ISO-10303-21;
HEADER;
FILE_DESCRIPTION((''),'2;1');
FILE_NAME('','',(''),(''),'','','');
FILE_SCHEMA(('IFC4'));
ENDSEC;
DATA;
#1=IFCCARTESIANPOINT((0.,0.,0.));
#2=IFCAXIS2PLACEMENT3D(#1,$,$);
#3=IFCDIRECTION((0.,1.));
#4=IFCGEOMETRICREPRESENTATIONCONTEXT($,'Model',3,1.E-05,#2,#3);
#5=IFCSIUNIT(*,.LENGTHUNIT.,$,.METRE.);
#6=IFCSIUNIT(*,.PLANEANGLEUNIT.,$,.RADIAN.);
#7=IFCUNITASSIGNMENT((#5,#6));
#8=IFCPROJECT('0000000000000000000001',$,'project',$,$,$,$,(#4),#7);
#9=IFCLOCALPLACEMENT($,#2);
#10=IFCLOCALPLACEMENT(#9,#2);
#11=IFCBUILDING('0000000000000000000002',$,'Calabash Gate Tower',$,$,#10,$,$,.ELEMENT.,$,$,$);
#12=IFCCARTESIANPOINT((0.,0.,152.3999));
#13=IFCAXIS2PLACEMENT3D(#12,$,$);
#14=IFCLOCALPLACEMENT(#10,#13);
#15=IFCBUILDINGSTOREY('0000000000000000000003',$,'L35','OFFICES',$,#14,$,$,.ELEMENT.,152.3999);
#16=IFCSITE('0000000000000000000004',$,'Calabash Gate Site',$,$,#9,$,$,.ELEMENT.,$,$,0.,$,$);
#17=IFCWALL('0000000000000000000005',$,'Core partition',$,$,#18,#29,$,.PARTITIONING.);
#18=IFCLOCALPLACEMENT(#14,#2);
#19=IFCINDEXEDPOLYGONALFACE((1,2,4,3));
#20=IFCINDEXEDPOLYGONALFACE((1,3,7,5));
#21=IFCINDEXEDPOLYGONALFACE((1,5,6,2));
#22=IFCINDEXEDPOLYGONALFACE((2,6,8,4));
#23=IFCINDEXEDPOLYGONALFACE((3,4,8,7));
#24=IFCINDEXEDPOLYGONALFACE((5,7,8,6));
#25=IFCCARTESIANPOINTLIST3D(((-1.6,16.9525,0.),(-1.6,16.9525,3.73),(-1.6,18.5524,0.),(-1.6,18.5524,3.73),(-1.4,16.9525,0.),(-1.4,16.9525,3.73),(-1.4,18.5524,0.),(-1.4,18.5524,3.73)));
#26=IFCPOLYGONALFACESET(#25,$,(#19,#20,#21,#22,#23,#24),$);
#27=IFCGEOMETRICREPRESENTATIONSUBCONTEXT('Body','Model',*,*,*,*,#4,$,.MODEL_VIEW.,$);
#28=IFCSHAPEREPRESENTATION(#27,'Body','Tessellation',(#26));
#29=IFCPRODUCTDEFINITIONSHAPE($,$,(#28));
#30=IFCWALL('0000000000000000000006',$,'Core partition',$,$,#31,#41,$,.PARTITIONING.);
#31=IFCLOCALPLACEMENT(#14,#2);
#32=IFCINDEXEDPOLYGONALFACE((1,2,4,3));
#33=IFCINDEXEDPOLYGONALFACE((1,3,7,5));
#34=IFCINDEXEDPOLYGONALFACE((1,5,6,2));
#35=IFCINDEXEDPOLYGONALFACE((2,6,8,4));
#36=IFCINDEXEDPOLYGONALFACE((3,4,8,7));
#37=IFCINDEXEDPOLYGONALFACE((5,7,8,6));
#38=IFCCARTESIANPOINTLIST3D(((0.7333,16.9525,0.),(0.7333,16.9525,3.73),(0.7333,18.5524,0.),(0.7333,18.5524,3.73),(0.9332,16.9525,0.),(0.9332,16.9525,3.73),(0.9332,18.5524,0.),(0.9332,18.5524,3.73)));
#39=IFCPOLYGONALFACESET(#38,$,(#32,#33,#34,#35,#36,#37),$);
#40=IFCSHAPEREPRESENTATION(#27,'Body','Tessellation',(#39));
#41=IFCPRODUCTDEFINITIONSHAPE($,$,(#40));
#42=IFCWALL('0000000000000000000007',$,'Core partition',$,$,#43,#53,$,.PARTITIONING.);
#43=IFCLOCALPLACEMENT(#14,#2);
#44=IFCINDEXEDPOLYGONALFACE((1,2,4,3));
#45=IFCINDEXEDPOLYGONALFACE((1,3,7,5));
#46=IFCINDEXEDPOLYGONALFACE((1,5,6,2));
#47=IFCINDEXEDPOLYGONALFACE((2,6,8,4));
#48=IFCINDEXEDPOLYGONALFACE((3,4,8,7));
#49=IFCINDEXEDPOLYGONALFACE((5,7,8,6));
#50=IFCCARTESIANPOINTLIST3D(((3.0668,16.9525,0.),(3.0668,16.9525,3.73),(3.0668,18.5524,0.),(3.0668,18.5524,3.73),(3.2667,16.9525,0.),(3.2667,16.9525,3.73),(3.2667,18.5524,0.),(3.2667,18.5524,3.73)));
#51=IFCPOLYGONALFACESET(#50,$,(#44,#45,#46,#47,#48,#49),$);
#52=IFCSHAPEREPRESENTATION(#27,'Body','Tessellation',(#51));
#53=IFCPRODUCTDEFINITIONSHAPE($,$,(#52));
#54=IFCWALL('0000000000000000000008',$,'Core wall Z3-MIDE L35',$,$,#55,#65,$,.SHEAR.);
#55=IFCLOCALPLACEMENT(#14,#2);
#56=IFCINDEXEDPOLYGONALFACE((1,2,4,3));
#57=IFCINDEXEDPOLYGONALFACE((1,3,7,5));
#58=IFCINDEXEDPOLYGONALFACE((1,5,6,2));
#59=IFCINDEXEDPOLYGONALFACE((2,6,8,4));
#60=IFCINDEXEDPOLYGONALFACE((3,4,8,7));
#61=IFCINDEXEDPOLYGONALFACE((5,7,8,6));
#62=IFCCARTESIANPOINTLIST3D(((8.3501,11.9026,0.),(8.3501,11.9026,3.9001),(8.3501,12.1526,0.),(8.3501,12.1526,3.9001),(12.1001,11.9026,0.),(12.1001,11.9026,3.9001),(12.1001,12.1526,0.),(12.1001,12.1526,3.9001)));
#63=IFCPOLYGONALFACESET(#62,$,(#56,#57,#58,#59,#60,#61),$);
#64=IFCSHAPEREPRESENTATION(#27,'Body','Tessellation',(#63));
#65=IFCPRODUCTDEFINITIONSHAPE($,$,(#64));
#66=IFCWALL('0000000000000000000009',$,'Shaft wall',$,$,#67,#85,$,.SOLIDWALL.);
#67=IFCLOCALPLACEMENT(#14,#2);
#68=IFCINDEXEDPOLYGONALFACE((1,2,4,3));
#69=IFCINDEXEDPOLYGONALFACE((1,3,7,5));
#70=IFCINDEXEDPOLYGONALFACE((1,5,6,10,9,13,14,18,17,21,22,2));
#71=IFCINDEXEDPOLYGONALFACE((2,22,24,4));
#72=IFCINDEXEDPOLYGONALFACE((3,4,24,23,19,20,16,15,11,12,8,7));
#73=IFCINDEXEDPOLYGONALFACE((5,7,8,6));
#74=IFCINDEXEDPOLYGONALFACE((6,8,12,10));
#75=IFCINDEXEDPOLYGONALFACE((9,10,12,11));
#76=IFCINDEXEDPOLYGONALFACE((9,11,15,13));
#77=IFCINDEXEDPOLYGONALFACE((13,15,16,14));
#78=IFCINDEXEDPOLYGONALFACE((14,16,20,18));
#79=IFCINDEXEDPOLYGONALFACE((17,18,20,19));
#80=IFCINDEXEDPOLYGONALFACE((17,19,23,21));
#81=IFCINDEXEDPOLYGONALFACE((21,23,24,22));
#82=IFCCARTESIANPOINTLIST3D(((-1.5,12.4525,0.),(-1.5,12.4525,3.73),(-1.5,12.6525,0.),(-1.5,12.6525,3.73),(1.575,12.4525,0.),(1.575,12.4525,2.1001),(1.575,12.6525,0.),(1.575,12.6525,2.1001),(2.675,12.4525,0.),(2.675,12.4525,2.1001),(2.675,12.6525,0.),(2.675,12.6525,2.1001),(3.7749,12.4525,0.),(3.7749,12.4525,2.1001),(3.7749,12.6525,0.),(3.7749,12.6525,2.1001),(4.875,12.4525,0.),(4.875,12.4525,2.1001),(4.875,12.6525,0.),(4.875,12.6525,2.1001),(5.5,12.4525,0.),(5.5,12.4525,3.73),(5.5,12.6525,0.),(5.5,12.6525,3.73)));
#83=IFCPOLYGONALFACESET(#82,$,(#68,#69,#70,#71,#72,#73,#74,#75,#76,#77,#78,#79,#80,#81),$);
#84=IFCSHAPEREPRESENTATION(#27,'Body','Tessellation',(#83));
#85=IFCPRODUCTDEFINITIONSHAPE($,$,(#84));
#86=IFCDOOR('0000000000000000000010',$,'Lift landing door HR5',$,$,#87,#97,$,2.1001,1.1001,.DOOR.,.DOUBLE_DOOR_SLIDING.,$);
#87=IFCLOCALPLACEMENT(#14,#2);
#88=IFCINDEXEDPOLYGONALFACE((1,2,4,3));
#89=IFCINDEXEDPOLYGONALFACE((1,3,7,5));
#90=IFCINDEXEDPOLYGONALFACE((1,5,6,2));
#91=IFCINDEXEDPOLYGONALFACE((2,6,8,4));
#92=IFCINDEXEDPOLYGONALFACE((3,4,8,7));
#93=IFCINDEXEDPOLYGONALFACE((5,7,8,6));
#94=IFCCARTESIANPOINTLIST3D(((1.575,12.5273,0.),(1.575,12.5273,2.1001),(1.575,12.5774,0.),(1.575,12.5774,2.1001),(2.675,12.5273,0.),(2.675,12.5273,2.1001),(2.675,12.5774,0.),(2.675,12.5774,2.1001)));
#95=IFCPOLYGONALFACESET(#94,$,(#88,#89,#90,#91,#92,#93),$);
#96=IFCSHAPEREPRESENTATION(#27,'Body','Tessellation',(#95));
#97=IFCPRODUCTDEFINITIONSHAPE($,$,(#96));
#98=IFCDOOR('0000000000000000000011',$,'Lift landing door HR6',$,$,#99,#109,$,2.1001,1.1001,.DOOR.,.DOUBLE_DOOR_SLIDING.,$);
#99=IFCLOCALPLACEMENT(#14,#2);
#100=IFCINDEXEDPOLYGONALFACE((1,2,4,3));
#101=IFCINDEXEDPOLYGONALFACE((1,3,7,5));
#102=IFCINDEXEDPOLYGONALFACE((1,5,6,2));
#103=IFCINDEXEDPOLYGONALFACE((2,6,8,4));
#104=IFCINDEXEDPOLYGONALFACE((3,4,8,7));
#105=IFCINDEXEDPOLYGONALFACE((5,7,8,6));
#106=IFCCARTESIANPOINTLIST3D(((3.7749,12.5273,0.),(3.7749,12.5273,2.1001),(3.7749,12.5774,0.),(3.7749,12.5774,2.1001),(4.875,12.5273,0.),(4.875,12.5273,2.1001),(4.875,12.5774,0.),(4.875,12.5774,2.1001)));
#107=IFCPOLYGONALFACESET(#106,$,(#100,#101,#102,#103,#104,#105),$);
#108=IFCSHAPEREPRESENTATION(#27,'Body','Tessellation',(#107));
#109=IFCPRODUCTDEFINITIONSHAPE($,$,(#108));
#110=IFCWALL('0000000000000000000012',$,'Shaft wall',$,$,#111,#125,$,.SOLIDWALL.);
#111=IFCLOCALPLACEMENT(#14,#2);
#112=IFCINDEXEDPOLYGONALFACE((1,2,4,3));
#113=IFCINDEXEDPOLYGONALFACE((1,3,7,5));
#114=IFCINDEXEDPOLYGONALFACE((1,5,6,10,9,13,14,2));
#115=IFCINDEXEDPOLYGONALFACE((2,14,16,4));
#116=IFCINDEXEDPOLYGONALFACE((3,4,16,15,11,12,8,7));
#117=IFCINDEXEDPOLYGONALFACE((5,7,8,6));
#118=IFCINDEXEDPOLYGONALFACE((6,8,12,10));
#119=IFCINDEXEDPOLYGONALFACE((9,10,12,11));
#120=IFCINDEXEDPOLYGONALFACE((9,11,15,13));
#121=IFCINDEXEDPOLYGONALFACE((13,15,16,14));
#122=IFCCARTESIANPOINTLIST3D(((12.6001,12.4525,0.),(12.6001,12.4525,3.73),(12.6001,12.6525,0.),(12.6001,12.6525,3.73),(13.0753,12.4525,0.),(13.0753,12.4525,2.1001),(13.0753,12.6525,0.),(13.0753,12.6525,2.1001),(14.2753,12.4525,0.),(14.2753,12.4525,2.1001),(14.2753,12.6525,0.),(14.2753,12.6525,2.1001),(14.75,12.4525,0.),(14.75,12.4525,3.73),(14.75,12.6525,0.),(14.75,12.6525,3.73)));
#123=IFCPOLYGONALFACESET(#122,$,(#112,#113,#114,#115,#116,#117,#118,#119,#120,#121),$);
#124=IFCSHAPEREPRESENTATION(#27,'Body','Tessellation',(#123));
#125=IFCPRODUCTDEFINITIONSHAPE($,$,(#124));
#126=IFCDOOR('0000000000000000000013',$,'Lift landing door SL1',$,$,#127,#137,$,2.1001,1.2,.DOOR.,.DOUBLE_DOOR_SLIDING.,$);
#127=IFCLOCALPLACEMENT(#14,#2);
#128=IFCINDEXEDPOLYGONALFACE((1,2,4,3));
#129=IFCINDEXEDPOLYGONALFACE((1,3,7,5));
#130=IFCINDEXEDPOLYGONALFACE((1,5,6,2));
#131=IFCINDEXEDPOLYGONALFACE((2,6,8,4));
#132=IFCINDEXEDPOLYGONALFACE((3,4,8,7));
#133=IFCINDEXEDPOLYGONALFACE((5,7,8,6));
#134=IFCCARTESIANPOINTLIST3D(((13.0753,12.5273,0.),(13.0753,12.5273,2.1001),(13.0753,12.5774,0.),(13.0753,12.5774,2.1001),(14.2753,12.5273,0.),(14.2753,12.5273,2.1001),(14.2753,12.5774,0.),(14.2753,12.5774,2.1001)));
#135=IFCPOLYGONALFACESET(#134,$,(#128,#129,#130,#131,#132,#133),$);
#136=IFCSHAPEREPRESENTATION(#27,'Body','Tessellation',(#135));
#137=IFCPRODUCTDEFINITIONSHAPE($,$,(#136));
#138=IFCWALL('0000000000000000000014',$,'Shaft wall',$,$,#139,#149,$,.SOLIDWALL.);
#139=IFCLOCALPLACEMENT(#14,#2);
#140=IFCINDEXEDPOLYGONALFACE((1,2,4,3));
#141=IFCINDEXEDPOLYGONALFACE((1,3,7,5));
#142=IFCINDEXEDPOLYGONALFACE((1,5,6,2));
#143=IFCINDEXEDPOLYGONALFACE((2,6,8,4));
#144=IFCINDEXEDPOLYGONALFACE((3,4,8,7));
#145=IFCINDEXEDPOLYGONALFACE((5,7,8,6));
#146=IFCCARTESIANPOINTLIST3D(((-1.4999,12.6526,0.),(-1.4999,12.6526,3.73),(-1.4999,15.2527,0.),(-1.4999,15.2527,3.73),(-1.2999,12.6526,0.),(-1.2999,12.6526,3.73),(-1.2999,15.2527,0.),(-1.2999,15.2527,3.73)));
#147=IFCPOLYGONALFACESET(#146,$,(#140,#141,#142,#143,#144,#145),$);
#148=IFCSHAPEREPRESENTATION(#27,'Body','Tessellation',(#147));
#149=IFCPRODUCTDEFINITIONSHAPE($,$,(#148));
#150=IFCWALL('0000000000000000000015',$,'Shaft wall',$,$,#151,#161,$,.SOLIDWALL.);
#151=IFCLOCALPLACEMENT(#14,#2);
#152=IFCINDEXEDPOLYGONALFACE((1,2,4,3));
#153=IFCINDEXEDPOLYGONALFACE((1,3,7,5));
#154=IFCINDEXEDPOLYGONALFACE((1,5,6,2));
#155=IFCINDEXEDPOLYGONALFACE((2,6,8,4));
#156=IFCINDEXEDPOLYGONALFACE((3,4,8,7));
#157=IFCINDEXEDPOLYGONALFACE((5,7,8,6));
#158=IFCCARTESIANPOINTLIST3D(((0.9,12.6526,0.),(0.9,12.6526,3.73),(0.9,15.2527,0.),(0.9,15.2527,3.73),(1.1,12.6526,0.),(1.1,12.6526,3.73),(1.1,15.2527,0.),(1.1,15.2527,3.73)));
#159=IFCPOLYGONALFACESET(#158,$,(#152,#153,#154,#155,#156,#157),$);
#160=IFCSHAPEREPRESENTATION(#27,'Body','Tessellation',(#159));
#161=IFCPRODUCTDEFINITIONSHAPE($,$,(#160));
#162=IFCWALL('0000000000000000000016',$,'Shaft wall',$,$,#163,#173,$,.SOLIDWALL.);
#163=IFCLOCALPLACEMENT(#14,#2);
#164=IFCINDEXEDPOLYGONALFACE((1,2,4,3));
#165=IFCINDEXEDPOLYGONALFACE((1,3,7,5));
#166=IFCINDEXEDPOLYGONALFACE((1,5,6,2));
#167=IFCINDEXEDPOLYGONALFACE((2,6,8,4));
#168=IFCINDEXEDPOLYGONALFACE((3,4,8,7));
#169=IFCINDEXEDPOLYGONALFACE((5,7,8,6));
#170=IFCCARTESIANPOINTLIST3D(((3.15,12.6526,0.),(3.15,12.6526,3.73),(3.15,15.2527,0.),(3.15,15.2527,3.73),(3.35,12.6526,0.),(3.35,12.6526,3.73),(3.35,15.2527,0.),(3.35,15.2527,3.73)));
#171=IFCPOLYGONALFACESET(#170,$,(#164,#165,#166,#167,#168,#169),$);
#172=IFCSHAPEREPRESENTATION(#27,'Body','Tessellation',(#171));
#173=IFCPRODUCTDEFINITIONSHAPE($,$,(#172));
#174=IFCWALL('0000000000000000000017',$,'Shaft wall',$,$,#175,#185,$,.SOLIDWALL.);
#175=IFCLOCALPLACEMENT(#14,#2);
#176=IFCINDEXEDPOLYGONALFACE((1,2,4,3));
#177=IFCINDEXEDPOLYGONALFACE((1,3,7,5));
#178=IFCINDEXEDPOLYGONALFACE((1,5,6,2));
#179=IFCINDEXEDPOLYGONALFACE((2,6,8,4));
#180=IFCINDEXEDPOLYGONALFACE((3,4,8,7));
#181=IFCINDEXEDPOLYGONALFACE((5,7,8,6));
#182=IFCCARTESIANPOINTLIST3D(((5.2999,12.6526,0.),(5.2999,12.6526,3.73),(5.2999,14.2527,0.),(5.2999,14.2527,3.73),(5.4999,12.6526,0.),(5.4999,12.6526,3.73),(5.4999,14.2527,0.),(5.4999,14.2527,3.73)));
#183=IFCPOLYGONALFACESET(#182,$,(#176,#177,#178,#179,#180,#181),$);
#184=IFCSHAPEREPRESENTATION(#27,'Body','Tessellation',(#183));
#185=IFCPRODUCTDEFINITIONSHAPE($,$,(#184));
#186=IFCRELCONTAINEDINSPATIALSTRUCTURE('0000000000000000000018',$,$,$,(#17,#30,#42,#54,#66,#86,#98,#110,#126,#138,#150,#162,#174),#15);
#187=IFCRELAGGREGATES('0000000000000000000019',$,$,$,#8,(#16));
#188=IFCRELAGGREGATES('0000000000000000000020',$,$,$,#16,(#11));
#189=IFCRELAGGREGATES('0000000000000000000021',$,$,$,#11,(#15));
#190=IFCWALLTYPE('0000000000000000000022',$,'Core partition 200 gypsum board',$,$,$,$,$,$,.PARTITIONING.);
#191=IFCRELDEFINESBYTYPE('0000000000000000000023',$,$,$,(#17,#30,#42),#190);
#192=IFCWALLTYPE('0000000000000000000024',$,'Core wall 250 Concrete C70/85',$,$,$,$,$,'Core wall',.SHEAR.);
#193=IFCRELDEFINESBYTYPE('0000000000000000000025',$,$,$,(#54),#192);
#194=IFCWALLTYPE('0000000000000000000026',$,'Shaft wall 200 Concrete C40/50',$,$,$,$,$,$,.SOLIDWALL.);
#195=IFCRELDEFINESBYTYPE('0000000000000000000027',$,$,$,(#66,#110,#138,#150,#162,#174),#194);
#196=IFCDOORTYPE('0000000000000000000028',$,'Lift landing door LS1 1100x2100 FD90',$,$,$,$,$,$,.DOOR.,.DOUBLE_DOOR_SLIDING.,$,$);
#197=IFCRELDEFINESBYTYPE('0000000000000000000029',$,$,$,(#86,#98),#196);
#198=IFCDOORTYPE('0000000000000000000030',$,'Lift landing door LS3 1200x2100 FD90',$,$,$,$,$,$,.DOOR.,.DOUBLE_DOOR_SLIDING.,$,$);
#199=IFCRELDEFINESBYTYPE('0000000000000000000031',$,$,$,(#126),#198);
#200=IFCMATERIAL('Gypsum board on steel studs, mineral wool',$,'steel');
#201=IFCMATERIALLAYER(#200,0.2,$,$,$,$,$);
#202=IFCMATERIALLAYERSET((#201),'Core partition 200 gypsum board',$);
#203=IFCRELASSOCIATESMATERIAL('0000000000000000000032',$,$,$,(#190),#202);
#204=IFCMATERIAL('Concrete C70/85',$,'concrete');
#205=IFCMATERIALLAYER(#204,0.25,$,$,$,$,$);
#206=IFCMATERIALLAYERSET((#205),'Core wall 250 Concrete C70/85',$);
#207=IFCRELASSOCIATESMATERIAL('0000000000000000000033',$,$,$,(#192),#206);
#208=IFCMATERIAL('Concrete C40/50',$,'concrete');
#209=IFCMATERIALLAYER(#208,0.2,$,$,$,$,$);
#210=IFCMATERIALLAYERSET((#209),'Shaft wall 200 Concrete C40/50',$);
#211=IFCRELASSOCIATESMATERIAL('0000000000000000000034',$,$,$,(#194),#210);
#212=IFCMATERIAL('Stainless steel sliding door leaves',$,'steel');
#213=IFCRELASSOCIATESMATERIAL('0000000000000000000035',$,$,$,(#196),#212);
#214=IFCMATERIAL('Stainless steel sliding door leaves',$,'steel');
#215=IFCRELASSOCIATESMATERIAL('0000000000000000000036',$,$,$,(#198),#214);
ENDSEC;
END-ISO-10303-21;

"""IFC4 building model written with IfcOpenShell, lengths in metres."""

from ifc_helpers import new_model, si_unit, direction, frame, frame_2d, origin, place, context, subcontext, project, spatial, rectangle, extrude, material, layer, layer_set, type_object, element, fill, save


model = new_model("IFC4")

# Units and contexts
model_context = context("Model", 3, precision=1e-05, world=origin(), true_north=direction((0.0, 1.0)))
body_context = subcontext(model_context, "Body", "Model", "MODEL_VIEW")
ifc_project = project(units=[si_unit("LENGTHUNIT", "METRE"), si_unit("PLANEANGLEUNIT", "RADIAN")], contexts=[model_context])

# Site, building, storey
site_placement = place(None, origin())
site = spatial("IfcSite", under=ifc_project, at=site_placement, Name="Calabash Gate Site", CompositionType="ELEMENT", RefElevation=0.0)
building_placement = place(site_placement, origin())
building = spatial("IfcBuilding", under=site, at=building_placement, Name="Calabash Gate Tower", CompositionType="ELEMENT")
storey_placement = place(building_placement, frame((0.0, 0.0, 152.3999)))
storey = spatial("IfcBuildingStorey", under=building, at=storey_placement, Name="L35", Description="OFFICES", CompositionType="ELEMENT", Elevation=152.3999)

# Walls
ifc_material_1 = material(Name="Gypsum board on steel studs, mineral wool", Category="steel")
ifc_layer_1 = layer(ifc_material_1, 0.2)
ifc_layer_set_1 = layer_set([ifc_layer_1], Name="Core partition 200 gypsum board")
wall_type_1 = type_object("IfcWallType", Name="Core partition 200 gypsum board", PredefinedType="PARTITIONING", material=ifc_layer_set_1)
for number, where, z_axis, x_axis, name in (
    (1, (-1.5, 16.9526, 0.0), (0.0, 0.0, 1.0), (0.0, 1.0, 0.0), "Core partition"),
    (2, (0.8333, 16.9526, 0.0), (0.0, 0.0, 1.0), (0.0, 1.0, 0.0), "Core partition"),
    (3, (3.1667, 16.9526, 0.0), (0.0, 0.0, 1.0), (0.0, 1.0, 0.0), "Core partition"),
):
    element("IfcWall", number, at=place(storey_placement, frame(where, z_axis=z_axis, x_axis=x_axis)), inside=storey, type_object=wall_type_1, Name=name, PredefinedType="PARTITIONING", context=body_context, shape_type="SweptSolid", body=[
        extrude(rectangle(XDim=1.5999, YDim=0.2, at=frame_2d((0.7998, 0.0))), origin(), (0.0, 0.0, 1.0), 3.73),
    ])
ifc_material_2 = material(Name="Concrete C70/85", Category="concrete")
ifc_layer_2 = layer(ifc_material_2, 0.25)
ifc_layer_set_2 = layer_set([ifc_layer_2], Name="Core wall 250 Concrete C70/85")
wall_type_2 = type_object("IfcWallType", Name="Core wall 250 Concrete C70/85", ElementType="Core wall", PredefinedType="SHEAR", material=ifc_layer_set_2)
wall_1_placement = place(storey_placement, frame((8.3501, 12.0276, 0.0), z_axis=(0.0, 0.0, 1.0), x_axis=(1.0, 0.0, 0.0)))
element("IfcWall", 4, at=wall_1_placement, inside=storey, type_object=wall_type_2, Name="Core wall Z3-MIDE L35", PredefinedType="SHEAR", context=body_context, shape_type="SweptSolid", body=[
    extrude(rectangle(XDim=3.75, YDim=0.25, at=frame_2d((1.875, 0.0))), origin(), (0.0, 0.0, 1.0), 3.9001),
])

# Wall, openings, doors
ifc_material_3 = material(Name="Concrete C40/50", Category="concrete")
ifc_layer_3 = layer(ifc_material_3, 0.2)
ifc_layer_set_3 = layer_set([ifc_layer_3], Name="Shaft wall 200 Concrete C40/50")
wall_type_3 = type_object("IfcWallType", Name="Shaft wall 200 Concrete C40/50", PredefinedType="SOLIDWALL", material=ifc_layer_set_3)
wall_2_placement = place(storey_placement, frame((-1.5, 12.5525, 0.0), z_axis=(0.0, 0.0, 1.0), x_axis=(1.0, 0.0, 0.0)))
wall_2 = element("IfcWall", 5, at=wall_2_placement, inside=storey, type_object=wall_type_3, Name="Shaft wall", PredefinedType="SOLIDWALL", context=body_context, shape_type="SweptSolid", body=[
    extrude(rectangle(XDim=7.0, YDim=0.2, at=frame_2d((3.5, 0.0))), origin(), (0.0, 0.0, 1.0), 3.73),
])
opening_1_placement = place(wall_2_placement, frame((3.075, 0.0, 0.0)))
opening_1 = element("IfcOpeningElement", 6, at=opening_1_placement, cuts=wall_2, PredefinedType="OPENING", context=body_context, shape_type="SweptSolid", body=[
    extrude(rectangle(XDim=1.1001, YDim=2.1001, at=frame_2d((0.55, 1.05))), frame((0.0, 0.1099, 0.0), z_axis=(0.0, -1.0, 0.0), x_axis=(1.0, 0.0, 0.0)), (0.0, 0.0, 1.0), 0.22),
])
opening_2_placement = place(wall_2_placement, frame((5.2749, 0.0, 0.0)))
opening_2 = element("IfcOpeningElement", 7, at=opening_2_placement, cuts=wall_2, PredefinedType="OPENING", context=body_context, shape_type="SweptSolid", body=[
    extrude(rectangle(XDim=1.1001, YDim=2.1001, at=frame_2d((0.55, 1.05))), frame((0.0, 0.1099, 0.0), z_axis=(0.0, -1.0, 0.0), x_axis=(1.0, 0.0, 0.0)), (0.0, 0.0, 1.0), 0.22),
])
ifc_material_4 = material(Name="Stainless steel sliding door leaves", Category="steel")
door_type_1 = type_object("IfcDoorType", Name="Lift landing door LS1 1100x2100 FD90", OperationType="DOUBLE_DOOR_SLIDING", PredefinedType="DOOR", material=ifc_material_4)
door_1_placement = place(opening_1_placement, origin())
door_1 = element("IfcDoor", 8, at=door_1_placement, inside=storey, type_object=door_type_1, Name="Lift landing door HR5", OperationType="DOUBLE_DOOR_SLIDING", OverallHeight=2.1001, OverallWidth=1.1001, PredefinedType="DOOR", context=body_context, shape_type="SweptSolid", body=[
    extrude(rectangle(XDim=1.1001, YDim=2.1001, at=frame_2d((0.55, 1.05))), frame((0.0, 0.0249, 0.0), z_axis=(0.0, -1.0, 0.0), x_axis=(1.0, 0.0, 0.0)), (0.0, 0.0, 1.0), 0.05),
])
fill(opening_1, door_1)
door_2_placement = place(opening_2_placement, origin())
door_2 = element("IfcDoor", 9, at=door_2_placement, inside=storey, type_object=door_type_1, Name="Lift landing door HR6", OperationType="DOUBLE_DOOR_SLIDING", OverallHeight=2.1001, OverallWidth=1.1001, PredefinedType="DOOR", context=body_context, shape_type="SweptSolid", body=[
    extrude(rectangle(XDim=1.1001, YDim=2.1001, at=frame_2d((0.55, 1.05))), frame((0.0, 0.0249, 0.0), z_axis=(0.0, -1.0, 0.0), x_axis=(1.0, 0.0, 0.0)), (0.0, 0.0, 1.0), 0.05),
])
fill(opening_2, door_2)

# Wall, opening, door
wall_3_placement = place(storey_placement, frame((12.6001, 12.5525, 0.0), z_axis=(0.0, 0.0, 1.0), x_axis=(1.0, 0.0, 0.0)))
wall_3 = element("IfcWall", 10, at=wall_3_placement, inside=storey, type_object=wall_type_3, Name="Shaft wall", PredefinedType="SOLIDWALL", context=body_context, shape_type="SweptSolid", body=[
    extrude(rectangle(XDim=2.1499, YDim=0.2, at=frame_2d((1.075, 0.0))), origin(), (0.0, 0.0, 1.0), 3.73),
])
opening_3_placement = place(wall_3_placement, frame((0.4751, 0.0, 0.0)))
opening_3 = element("IfcOpeningElement", 11, at=opening_3_placement, cuts=wall_3, PredefinedType="OPENING", context=body_context, shape_type="SweptSolid", body=[
    extrude(rectangle(XDim=1.2, YDim=2.1001, at=frame_2d((0.6001, 1.05))), frame((0.0, 0.1099, 0.0), z_axis=(0.0, -1.0, 0.0), x_axis=(1.0, 0.0, 0.0)), (0.0, 0.0, 1.0), 0.22),
])
ifc_material_5 = material(Name="Stainless steel sliding door leaves", Category="steel")
door_type_2 = type_object("IfcDoorType", Name="Lift landing door LS3 1200x2100 FD90", OperationType="DOUBLE_DOOR_SLIDING", PredefinedType="DOOR", material=ifc_material_5)
door_3_placement = place(opening_3_placement, origin())
door_3 = element("IfcDoor", 12, at=door_3_placement, inside=storey, type_object=door_type_2, Name="Lift landing door SL1", OperationType="DOUBLE_DOOR_SLIDING", OverallHeight=2.1001, OverallWidth=1.2, PredefinedType="DOOR", context=body_context, shape_type="SweptSolid", body=[
    extrude(rectangle(XDim=1.2, YDim=2.1001, at=frame_2d((0.6001, 1.05))), frame((0.0, 0.0249, 0.0), z_axis=(0.0, -1.0, 0.0), x_axis=(1.0, 0.0, 0.0)), (0.0, 0.0, 1.0), 0.05),
])
fill(opening_3, door_3)

# Walls
for number, where, z_axis, x_axis, name in (
    (13, (-1.3999, 12.6526, 0.0), (0.0, 0.0, 1.0), (0.0, 1.0, 0.0), "Shaft wall"),
    (14, (1.0, 12.6526, 0.0), (0.0, 0.0, 1.0), (0.0, 1.0, 0.0), "Shaft wall"),
    (15, (3.25, 12.6526, 0.0), (0.0, 0.0, 1.0), (0.0, 1.0, 0.0), "Shaft wall"),
):
    element("IfcWall", number, at=place(storey_placement, frame(where, z_axis=z_axis, x_axis=x_axis)), inside=storey, type_object=wall_type_3, Name=name, PredefinedType="SOLIDWALL", context=body_context, shape_type="SweptSolid", body=[
        extrude(rectangle(XDim=2.6001, YDim=0.2, at=frame_2d((1.3, 0.0))), origin(), (0.0, 0.0, 1.0), 3.73),
    ])
wall_4_placement = place(storey_placement, frame((5.3999, 12.6526, 0.0), z_axis=(0.0, 0.0, 1.0), x_axis=(0.0, 1.0, 0.0)))
element("IfcWall", 16, at=wall_4_placement, inside=storey, type_object=wall_type_3, Name="Shaft wall", PredefinedType="SOLIDWALL", context=body_context, shape_type="SweptSolid", body=[
    extrude(rectangle(XDim=1.6001, YDim=0.2, at=frame_2d((0.8, 0.0))), origin(), (0.0, 0.0, 1.0), 3.73),
])

save(model, "model.ifc")
